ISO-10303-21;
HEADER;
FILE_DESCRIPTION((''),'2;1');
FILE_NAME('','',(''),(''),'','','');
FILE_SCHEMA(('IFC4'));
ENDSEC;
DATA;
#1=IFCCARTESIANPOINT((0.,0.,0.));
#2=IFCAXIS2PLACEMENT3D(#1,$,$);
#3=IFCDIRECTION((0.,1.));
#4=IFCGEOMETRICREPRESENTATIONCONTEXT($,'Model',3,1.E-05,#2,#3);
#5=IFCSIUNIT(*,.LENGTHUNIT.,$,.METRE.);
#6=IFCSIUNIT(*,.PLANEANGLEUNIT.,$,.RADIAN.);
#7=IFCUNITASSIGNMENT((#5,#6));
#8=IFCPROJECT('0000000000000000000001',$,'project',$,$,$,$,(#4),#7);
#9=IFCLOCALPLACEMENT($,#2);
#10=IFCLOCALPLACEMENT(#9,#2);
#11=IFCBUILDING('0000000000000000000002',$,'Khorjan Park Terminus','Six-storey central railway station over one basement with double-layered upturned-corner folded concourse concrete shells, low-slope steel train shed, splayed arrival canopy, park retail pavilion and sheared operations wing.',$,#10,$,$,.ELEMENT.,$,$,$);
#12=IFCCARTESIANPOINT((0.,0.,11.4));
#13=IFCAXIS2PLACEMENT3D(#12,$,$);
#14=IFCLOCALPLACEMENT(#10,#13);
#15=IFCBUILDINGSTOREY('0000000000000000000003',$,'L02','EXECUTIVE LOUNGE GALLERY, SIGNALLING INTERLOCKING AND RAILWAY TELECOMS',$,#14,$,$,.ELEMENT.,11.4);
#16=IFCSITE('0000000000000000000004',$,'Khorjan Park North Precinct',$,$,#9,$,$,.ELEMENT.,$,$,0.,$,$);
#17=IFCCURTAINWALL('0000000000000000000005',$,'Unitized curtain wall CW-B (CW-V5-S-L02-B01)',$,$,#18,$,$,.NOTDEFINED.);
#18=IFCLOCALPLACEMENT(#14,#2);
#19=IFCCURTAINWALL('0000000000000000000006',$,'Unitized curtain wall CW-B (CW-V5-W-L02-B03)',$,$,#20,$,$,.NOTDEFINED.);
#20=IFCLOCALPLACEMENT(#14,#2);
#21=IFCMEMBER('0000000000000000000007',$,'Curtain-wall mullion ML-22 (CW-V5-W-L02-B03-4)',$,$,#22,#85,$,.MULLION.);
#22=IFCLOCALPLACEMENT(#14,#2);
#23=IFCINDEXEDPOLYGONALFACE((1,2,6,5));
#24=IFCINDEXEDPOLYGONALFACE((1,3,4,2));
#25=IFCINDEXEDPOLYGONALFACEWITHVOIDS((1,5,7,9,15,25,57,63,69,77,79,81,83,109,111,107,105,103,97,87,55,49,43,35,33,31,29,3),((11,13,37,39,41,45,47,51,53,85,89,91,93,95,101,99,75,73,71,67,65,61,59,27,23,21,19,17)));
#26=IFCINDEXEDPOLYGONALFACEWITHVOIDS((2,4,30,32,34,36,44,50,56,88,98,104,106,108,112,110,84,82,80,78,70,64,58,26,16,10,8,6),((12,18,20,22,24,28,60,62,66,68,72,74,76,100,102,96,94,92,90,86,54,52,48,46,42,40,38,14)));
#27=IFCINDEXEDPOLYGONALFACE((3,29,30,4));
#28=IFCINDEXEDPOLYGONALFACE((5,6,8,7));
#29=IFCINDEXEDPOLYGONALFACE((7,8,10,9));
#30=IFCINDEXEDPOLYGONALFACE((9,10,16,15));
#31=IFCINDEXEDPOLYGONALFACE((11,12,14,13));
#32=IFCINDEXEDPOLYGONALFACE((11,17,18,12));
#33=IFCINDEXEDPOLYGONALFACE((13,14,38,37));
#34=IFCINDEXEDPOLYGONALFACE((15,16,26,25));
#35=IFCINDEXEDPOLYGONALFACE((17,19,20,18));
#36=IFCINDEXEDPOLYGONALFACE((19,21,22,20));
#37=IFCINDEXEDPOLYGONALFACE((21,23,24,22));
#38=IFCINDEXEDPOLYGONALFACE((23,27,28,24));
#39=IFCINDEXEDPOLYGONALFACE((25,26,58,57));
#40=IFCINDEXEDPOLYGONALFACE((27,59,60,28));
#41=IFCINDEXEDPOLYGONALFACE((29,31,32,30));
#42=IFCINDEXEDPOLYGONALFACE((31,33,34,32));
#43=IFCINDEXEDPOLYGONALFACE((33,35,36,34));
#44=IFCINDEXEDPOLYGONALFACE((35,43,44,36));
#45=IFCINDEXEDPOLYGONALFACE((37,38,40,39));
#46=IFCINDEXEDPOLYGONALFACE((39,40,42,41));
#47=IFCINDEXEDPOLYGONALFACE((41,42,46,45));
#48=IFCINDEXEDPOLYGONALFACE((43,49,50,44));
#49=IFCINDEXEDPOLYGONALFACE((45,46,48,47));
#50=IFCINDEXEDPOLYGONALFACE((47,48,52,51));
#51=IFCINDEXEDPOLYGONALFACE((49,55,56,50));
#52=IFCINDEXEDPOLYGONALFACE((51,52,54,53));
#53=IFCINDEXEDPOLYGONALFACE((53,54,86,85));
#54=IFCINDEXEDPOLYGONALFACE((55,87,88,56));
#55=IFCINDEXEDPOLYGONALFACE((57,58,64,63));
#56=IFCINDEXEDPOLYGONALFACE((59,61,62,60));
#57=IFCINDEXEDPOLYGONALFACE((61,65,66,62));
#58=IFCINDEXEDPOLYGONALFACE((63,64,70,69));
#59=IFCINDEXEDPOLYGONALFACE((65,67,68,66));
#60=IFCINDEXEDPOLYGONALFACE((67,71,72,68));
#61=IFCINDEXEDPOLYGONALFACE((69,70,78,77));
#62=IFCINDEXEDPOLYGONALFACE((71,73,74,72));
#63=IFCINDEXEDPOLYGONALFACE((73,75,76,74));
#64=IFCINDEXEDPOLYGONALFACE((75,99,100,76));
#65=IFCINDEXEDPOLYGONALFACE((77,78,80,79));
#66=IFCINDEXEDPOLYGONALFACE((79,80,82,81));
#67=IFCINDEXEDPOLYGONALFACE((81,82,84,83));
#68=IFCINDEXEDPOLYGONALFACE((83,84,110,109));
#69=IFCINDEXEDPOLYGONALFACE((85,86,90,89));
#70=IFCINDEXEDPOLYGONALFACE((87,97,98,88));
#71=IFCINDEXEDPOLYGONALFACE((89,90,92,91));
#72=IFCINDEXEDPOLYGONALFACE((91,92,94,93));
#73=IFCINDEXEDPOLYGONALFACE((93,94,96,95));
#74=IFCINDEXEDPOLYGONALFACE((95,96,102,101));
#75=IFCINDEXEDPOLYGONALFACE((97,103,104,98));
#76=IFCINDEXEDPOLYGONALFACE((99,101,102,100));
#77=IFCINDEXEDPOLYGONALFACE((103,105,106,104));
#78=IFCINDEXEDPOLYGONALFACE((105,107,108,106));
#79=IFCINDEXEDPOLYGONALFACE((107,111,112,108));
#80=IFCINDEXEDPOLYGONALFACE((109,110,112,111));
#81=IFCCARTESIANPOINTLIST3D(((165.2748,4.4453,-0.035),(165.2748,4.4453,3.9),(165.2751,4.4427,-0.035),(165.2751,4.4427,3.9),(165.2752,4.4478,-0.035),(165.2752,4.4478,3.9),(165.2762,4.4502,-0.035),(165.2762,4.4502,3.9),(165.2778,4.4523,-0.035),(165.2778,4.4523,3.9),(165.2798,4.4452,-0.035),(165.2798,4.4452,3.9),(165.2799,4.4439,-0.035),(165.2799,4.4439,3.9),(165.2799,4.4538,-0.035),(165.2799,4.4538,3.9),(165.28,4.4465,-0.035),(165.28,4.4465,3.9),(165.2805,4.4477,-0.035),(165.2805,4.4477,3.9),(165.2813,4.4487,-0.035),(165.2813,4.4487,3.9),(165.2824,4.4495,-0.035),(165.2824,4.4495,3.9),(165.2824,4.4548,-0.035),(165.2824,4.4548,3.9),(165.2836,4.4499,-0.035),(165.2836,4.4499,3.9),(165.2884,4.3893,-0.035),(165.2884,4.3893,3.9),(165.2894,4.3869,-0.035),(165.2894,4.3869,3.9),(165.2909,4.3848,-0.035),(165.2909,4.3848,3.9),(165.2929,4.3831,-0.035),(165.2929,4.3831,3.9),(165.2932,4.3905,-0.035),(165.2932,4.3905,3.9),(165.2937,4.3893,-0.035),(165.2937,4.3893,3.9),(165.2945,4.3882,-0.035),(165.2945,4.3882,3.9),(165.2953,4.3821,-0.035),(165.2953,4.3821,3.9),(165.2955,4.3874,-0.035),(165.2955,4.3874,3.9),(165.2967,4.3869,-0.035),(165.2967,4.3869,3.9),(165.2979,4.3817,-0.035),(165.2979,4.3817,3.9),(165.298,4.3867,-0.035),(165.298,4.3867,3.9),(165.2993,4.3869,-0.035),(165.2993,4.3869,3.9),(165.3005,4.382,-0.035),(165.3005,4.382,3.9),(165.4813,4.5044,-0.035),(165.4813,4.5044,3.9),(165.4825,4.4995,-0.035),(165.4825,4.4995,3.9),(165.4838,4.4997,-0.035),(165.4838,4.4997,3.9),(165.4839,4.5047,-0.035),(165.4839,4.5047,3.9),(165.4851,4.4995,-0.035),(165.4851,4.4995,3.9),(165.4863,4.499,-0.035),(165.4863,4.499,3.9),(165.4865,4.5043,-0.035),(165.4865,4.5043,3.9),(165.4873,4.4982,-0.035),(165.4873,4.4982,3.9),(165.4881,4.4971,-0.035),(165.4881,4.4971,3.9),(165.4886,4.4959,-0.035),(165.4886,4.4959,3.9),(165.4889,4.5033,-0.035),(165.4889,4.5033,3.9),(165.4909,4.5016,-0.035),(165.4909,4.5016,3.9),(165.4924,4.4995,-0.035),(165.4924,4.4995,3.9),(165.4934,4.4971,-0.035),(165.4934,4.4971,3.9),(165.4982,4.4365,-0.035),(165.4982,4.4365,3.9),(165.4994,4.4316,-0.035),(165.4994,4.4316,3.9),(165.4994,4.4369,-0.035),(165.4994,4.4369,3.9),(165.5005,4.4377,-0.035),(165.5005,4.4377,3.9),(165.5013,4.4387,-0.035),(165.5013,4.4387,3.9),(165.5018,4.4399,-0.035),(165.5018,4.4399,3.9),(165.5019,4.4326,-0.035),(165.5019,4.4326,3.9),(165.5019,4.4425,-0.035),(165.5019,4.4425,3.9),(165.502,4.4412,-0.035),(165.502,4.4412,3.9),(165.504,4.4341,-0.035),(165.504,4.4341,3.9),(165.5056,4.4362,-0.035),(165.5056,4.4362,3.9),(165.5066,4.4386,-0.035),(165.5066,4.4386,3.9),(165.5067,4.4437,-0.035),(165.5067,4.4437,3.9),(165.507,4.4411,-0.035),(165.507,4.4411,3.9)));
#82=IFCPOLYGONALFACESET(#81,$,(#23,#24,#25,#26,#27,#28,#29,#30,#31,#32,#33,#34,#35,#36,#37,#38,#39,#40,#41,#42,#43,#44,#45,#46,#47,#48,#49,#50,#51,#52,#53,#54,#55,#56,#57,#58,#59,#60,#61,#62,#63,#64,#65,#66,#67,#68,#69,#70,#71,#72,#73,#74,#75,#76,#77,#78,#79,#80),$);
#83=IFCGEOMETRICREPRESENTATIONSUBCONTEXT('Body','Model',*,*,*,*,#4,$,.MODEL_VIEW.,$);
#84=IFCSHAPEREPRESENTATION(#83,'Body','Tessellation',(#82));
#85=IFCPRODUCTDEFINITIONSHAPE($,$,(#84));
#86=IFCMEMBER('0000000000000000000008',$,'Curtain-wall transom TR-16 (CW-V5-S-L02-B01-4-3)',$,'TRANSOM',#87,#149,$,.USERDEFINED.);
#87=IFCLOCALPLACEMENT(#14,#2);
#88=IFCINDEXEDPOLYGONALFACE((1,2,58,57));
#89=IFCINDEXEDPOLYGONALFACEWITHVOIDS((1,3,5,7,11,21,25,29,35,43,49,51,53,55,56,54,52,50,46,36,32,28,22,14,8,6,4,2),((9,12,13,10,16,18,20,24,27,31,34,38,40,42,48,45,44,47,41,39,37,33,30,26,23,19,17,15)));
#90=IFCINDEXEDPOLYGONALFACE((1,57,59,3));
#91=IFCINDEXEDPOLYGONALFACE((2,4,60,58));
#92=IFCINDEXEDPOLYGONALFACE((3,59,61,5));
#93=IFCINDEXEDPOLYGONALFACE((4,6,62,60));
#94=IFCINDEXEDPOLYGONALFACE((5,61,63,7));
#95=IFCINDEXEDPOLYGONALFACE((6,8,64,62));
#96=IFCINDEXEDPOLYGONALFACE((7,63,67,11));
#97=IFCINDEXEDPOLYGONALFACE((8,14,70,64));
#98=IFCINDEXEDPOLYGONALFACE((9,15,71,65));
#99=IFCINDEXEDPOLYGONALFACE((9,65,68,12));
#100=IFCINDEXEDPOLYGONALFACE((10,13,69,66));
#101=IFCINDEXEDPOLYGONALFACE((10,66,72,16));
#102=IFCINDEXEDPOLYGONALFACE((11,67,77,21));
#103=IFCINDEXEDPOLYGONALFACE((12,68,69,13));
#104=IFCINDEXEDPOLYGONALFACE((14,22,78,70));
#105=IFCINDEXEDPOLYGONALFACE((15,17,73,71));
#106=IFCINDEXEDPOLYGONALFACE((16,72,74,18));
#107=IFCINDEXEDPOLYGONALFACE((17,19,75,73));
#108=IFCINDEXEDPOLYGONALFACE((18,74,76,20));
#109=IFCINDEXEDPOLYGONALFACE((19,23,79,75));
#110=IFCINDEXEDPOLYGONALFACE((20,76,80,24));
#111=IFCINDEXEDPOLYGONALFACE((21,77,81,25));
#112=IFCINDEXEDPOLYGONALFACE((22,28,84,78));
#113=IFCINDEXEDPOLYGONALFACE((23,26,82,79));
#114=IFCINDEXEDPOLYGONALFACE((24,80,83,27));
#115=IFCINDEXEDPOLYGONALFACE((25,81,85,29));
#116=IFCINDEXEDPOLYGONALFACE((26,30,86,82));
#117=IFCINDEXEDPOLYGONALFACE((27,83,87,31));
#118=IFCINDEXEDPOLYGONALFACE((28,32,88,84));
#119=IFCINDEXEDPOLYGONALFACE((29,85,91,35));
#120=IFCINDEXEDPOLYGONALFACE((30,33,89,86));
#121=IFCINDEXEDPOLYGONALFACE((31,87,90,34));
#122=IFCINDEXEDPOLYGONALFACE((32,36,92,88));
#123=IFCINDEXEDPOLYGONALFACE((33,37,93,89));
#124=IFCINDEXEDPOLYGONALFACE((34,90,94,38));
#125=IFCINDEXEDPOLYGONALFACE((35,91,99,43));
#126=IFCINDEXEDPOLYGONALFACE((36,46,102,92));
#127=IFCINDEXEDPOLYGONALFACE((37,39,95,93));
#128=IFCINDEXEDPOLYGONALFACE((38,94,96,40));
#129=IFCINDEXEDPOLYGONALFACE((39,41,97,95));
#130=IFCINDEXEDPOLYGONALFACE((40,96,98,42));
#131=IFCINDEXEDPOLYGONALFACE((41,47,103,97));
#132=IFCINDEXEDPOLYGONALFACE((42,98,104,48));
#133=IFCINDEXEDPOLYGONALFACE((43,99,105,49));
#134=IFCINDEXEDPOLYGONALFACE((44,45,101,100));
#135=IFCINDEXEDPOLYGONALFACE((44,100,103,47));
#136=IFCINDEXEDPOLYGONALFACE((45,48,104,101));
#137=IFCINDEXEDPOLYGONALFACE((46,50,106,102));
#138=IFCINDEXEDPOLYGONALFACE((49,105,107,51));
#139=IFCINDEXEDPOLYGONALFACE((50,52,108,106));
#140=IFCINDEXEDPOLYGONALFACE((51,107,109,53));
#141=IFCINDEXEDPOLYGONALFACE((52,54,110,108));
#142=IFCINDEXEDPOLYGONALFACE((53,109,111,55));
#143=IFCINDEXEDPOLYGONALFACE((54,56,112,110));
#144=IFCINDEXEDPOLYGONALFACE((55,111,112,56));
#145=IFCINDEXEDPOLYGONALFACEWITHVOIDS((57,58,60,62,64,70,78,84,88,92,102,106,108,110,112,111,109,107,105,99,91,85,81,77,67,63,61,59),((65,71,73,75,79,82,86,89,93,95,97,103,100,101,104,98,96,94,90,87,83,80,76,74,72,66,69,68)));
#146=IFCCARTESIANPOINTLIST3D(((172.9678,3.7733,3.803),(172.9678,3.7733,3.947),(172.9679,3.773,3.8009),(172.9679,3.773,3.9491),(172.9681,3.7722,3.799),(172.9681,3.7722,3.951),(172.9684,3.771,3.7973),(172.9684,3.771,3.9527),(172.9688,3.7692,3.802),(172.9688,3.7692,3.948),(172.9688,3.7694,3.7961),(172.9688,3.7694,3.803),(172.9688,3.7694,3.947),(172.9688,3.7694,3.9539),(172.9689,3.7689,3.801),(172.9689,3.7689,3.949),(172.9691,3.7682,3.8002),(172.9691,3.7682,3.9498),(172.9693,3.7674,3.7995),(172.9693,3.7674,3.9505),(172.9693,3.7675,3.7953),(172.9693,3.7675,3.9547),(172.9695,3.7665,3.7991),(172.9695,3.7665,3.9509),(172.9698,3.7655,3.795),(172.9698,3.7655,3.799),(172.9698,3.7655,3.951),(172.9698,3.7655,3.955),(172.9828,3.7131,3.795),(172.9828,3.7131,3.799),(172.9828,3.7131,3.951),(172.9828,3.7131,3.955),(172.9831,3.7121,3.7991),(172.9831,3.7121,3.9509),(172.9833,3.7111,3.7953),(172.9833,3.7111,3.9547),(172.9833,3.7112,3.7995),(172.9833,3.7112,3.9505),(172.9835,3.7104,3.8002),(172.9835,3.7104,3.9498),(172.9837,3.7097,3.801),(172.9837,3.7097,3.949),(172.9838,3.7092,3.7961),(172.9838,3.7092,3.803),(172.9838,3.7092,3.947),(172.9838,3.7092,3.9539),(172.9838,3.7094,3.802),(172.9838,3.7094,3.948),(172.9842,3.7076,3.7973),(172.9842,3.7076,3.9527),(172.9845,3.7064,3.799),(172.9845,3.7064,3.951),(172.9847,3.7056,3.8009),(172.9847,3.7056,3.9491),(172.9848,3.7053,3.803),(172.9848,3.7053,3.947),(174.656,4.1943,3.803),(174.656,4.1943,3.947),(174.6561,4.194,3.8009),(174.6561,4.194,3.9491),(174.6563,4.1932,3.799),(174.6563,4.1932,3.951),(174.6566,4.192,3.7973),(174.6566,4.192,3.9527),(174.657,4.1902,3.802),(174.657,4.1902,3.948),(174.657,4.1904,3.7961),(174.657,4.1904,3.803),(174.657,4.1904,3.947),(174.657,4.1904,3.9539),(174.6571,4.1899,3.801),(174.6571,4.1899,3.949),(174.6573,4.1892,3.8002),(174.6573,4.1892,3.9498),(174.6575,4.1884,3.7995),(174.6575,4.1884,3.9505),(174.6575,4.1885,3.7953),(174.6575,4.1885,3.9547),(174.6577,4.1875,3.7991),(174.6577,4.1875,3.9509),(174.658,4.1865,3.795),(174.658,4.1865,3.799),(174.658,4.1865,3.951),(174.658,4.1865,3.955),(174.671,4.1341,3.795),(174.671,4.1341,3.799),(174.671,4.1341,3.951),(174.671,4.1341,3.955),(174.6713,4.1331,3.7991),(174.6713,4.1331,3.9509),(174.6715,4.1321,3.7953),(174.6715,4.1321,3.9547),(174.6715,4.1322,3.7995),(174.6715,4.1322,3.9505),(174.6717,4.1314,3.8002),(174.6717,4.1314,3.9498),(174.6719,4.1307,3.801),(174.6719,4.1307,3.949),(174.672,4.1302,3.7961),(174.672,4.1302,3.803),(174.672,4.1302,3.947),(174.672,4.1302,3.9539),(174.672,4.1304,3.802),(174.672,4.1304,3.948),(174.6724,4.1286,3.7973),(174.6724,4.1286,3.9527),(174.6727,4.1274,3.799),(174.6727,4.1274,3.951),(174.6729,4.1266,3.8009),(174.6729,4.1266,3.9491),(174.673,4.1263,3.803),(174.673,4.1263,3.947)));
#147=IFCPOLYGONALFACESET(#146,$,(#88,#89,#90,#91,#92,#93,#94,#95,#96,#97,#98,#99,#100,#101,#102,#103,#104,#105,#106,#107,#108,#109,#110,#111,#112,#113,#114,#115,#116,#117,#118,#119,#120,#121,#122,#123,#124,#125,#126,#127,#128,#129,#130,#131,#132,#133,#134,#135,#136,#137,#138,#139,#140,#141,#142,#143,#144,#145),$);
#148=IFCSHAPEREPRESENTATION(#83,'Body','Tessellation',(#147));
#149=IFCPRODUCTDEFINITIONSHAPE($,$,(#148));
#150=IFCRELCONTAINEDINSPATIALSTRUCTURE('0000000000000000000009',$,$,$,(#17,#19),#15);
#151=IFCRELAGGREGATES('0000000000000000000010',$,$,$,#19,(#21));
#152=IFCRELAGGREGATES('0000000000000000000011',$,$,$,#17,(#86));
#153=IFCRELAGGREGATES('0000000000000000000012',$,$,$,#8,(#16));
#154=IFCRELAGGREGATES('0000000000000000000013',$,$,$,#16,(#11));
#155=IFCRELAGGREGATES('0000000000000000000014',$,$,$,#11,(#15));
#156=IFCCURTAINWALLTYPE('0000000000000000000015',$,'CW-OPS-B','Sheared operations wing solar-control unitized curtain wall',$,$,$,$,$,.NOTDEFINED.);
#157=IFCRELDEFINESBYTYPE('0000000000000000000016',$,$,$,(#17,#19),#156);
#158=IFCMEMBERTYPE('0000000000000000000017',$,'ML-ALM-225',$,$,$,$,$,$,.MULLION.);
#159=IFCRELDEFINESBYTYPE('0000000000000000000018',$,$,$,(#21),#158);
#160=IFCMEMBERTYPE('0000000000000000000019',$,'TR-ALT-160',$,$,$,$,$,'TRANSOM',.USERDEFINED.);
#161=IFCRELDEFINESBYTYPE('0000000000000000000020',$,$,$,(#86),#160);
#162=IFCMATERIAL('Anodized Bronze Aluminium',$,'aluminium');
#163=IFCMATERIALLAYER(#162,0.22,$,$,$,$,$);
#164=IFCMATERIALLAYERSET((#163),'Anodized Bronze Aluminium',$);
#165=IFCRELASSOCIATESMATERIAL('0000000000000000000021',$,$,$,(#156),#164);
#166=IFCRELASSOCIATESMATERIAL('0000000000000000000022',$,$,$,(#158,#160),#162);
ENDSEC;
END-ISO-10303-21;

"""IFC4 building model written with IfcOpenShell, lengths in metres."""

from ifc_helpers import new_model, si_unit, direction, frame, origin, origin_2d, place, context, subcontext, project, spatial, hollow_rectangle, extrude, material, layer, layer_set, material_profile, profile_set, type_object, element, aggregate, save


model = new_model("IFC4")

# Units and contexts
model_context = context("Model", 3, precision=1e-05, world=origin(), true_north=direction((0.0, 1.0)))
body_context = subcontext(model_context, "Body", "Model", "MODEL_VIEW")
ifc_project = project(units=[si_unit("LENGTHUNIT", "METRE"), si_unit("PLANEANGLEUNIT", "RADIAN")], contexts=[model_context])

# Site, building, storey
site_placement = place(None, origin())
site = spatial("IfcSite", under=ifc_project, at=site_placement, Name="Khorjan Park North Precinct", CompositionType="ELEMENT", RefElevation=0.0)
building_placement = place(site_placement, origin())
building = spatial("IfcBuilding", under=site, at=building_placement, Name="Khorjan Park Terminus", Description="Six-storey central railway station over one basement with double-layered upturned-corner folded concourse concrete shells, low-slope steel train shed, splayed arrival canopy, park retail pavilion and sheared operations wing.", CompositionType="ELEMENT")
storey_placement = place(building_placement, frame((0.0, 0.0, 11.4)))
storey = spatial("IfcBuildingStorey", under=building, at=storey_placement, Name="L02", Description="EXECUTIVE LOUNGE GALLERY, SIGNALLING INTERLOCKING AND RAILWAY TELECOMS", CompositionType="ELEMENT", Elevation=11.4)

# Curtain wall
ifc_material_1 = material(Name="Anodized Bronze Aluminium", Category="aluminium")
ifc_layer_1 = layer(ifc_material_1, 0.22)
ifc_layer_set_1 = layer_set([ifc_layer_1], Name="Anodized Bronze Aluminium")
curtain_wall_type = type_object("IfcCurtainWallType", Name="CW-OPS-B", Description="Sheared operations wing solar-control unitized curtain wall", PredefinedType="NOTDEFINED", material=ifc_layer_set_1)
curtain_wall_1_placement = place(storey_placement, origin())
curtain_wall_1 = element("IfcCurtainWall", 1, at=curtain_wall_1_placement, inside=storey, type_object=curtain_wall_type, Name="Unitized curtain wall CW-B (CW-V5-S-L02-B01)", PredefinedType="NOTDEFINED")
ifc_material_profile_1 = material_profile(ifc_material_1, hollow_rectangle(XDim=0.075, YDim=0.225, WallThickness=0.005, InnerFilletRadius=0.005, OuterFilletRadius=0.01, at=origin_2d()), Name="ALM 75x225x5")
ifc_profile_set_1 = profile_set([ifc_material_profile_1], Name="Anodized Bronze Aluminium")
member_type_1 = type_object("IfcMemberType", Name="ML-ALM-225", PredefinedType="MULLION", material=ifc_profile_set_1)

# Curtain wall, member
curtain_wall_2_placement = place(storey_placement, origin())
curtain_wall_2 = element("IfcCurtainWall", 2, at=curtain_wall_2_placement, inside=storey, type_object=curtain_wall_type, Name="Unitized curtain wall CW-B (CW-V5-W-L02-B03)", PredefinedType="NOTDEFINED")
member_1_placement = place(storey_placement, frame((165.3909, 4.4432, -0.035), z_axis=(0.0, 0.0, 1.0), x_axis=(0.24192, -0.970296, 0.0)))
member_1 = element("IfcMember", 3, at=member_1_placement, type_object=member_type_1, Name="Curtain-wall mullion ML-22 (CW-V5-W-L02-B03-4)", PredefinedType="MULLION", context=body_context, shape_type="SweptSolid", body=[
    extrude(hollow_rectangle(XDim=0.075, YDim=0.225, WallThickness=0.005, InnerFilletRadius=0.005, OuterFilletRadius=0.01, at=origin_2d()), origin(), (0.0, 0.0, 1.0), 3.935),
])

# Member
ifc_material_profile_2 = material_profile(ifc_material_1, hollow_rectangle(XDim=0.07, YDim=0.16, WallThickness=0.004, InnerFilletRadius=0.004, OuterFilletRadius=0.008, at=origin_2d()), Name="ALT 70x160x4")
ifc_profile_set_2 = profile_set([ifc_material_profile_2], Name="Anodized Bronze Aluminium")
member_type_2 = type_object("IfcMemberType", Name="TR-ALT-160", ElementType="TRANSOM", PredefinedType="USERDEFINED", material=ifc_profile_set_2)
member_2_placement = place(storey_placement, frame((172.9763, 3.7393, 3.875), z_axis=(0.970284, 0.241968, 0.0), x_axis=(-0.241968, 0.970284, 0.0)))
member_2 = element("IfcMember", 4, at=member_2_placement, type_object=member_type_2, Name="Curtain-wall transom TR-16 (CW-V5-S-L02-B01-4-3)", ObjectType="TRANSOM", PredefinedType="USERDEFINED", context=body_context, shape_type="SweptSolid", body=[
    extrude(hollow_rectangle(XDim=0.07, YDim=0.16, WallThickness=0.004, InnerFilletRadius=0.004, OuterFilletRadius=0.008, at=origin_2d()), origin(), (0.0, 0.0, 1.0), 1.7399),
])
aggregate(curtain_wall_2, [member_1])

aggregate(curtain_wall_1, [member_2])

save(model, "model.ifc")
